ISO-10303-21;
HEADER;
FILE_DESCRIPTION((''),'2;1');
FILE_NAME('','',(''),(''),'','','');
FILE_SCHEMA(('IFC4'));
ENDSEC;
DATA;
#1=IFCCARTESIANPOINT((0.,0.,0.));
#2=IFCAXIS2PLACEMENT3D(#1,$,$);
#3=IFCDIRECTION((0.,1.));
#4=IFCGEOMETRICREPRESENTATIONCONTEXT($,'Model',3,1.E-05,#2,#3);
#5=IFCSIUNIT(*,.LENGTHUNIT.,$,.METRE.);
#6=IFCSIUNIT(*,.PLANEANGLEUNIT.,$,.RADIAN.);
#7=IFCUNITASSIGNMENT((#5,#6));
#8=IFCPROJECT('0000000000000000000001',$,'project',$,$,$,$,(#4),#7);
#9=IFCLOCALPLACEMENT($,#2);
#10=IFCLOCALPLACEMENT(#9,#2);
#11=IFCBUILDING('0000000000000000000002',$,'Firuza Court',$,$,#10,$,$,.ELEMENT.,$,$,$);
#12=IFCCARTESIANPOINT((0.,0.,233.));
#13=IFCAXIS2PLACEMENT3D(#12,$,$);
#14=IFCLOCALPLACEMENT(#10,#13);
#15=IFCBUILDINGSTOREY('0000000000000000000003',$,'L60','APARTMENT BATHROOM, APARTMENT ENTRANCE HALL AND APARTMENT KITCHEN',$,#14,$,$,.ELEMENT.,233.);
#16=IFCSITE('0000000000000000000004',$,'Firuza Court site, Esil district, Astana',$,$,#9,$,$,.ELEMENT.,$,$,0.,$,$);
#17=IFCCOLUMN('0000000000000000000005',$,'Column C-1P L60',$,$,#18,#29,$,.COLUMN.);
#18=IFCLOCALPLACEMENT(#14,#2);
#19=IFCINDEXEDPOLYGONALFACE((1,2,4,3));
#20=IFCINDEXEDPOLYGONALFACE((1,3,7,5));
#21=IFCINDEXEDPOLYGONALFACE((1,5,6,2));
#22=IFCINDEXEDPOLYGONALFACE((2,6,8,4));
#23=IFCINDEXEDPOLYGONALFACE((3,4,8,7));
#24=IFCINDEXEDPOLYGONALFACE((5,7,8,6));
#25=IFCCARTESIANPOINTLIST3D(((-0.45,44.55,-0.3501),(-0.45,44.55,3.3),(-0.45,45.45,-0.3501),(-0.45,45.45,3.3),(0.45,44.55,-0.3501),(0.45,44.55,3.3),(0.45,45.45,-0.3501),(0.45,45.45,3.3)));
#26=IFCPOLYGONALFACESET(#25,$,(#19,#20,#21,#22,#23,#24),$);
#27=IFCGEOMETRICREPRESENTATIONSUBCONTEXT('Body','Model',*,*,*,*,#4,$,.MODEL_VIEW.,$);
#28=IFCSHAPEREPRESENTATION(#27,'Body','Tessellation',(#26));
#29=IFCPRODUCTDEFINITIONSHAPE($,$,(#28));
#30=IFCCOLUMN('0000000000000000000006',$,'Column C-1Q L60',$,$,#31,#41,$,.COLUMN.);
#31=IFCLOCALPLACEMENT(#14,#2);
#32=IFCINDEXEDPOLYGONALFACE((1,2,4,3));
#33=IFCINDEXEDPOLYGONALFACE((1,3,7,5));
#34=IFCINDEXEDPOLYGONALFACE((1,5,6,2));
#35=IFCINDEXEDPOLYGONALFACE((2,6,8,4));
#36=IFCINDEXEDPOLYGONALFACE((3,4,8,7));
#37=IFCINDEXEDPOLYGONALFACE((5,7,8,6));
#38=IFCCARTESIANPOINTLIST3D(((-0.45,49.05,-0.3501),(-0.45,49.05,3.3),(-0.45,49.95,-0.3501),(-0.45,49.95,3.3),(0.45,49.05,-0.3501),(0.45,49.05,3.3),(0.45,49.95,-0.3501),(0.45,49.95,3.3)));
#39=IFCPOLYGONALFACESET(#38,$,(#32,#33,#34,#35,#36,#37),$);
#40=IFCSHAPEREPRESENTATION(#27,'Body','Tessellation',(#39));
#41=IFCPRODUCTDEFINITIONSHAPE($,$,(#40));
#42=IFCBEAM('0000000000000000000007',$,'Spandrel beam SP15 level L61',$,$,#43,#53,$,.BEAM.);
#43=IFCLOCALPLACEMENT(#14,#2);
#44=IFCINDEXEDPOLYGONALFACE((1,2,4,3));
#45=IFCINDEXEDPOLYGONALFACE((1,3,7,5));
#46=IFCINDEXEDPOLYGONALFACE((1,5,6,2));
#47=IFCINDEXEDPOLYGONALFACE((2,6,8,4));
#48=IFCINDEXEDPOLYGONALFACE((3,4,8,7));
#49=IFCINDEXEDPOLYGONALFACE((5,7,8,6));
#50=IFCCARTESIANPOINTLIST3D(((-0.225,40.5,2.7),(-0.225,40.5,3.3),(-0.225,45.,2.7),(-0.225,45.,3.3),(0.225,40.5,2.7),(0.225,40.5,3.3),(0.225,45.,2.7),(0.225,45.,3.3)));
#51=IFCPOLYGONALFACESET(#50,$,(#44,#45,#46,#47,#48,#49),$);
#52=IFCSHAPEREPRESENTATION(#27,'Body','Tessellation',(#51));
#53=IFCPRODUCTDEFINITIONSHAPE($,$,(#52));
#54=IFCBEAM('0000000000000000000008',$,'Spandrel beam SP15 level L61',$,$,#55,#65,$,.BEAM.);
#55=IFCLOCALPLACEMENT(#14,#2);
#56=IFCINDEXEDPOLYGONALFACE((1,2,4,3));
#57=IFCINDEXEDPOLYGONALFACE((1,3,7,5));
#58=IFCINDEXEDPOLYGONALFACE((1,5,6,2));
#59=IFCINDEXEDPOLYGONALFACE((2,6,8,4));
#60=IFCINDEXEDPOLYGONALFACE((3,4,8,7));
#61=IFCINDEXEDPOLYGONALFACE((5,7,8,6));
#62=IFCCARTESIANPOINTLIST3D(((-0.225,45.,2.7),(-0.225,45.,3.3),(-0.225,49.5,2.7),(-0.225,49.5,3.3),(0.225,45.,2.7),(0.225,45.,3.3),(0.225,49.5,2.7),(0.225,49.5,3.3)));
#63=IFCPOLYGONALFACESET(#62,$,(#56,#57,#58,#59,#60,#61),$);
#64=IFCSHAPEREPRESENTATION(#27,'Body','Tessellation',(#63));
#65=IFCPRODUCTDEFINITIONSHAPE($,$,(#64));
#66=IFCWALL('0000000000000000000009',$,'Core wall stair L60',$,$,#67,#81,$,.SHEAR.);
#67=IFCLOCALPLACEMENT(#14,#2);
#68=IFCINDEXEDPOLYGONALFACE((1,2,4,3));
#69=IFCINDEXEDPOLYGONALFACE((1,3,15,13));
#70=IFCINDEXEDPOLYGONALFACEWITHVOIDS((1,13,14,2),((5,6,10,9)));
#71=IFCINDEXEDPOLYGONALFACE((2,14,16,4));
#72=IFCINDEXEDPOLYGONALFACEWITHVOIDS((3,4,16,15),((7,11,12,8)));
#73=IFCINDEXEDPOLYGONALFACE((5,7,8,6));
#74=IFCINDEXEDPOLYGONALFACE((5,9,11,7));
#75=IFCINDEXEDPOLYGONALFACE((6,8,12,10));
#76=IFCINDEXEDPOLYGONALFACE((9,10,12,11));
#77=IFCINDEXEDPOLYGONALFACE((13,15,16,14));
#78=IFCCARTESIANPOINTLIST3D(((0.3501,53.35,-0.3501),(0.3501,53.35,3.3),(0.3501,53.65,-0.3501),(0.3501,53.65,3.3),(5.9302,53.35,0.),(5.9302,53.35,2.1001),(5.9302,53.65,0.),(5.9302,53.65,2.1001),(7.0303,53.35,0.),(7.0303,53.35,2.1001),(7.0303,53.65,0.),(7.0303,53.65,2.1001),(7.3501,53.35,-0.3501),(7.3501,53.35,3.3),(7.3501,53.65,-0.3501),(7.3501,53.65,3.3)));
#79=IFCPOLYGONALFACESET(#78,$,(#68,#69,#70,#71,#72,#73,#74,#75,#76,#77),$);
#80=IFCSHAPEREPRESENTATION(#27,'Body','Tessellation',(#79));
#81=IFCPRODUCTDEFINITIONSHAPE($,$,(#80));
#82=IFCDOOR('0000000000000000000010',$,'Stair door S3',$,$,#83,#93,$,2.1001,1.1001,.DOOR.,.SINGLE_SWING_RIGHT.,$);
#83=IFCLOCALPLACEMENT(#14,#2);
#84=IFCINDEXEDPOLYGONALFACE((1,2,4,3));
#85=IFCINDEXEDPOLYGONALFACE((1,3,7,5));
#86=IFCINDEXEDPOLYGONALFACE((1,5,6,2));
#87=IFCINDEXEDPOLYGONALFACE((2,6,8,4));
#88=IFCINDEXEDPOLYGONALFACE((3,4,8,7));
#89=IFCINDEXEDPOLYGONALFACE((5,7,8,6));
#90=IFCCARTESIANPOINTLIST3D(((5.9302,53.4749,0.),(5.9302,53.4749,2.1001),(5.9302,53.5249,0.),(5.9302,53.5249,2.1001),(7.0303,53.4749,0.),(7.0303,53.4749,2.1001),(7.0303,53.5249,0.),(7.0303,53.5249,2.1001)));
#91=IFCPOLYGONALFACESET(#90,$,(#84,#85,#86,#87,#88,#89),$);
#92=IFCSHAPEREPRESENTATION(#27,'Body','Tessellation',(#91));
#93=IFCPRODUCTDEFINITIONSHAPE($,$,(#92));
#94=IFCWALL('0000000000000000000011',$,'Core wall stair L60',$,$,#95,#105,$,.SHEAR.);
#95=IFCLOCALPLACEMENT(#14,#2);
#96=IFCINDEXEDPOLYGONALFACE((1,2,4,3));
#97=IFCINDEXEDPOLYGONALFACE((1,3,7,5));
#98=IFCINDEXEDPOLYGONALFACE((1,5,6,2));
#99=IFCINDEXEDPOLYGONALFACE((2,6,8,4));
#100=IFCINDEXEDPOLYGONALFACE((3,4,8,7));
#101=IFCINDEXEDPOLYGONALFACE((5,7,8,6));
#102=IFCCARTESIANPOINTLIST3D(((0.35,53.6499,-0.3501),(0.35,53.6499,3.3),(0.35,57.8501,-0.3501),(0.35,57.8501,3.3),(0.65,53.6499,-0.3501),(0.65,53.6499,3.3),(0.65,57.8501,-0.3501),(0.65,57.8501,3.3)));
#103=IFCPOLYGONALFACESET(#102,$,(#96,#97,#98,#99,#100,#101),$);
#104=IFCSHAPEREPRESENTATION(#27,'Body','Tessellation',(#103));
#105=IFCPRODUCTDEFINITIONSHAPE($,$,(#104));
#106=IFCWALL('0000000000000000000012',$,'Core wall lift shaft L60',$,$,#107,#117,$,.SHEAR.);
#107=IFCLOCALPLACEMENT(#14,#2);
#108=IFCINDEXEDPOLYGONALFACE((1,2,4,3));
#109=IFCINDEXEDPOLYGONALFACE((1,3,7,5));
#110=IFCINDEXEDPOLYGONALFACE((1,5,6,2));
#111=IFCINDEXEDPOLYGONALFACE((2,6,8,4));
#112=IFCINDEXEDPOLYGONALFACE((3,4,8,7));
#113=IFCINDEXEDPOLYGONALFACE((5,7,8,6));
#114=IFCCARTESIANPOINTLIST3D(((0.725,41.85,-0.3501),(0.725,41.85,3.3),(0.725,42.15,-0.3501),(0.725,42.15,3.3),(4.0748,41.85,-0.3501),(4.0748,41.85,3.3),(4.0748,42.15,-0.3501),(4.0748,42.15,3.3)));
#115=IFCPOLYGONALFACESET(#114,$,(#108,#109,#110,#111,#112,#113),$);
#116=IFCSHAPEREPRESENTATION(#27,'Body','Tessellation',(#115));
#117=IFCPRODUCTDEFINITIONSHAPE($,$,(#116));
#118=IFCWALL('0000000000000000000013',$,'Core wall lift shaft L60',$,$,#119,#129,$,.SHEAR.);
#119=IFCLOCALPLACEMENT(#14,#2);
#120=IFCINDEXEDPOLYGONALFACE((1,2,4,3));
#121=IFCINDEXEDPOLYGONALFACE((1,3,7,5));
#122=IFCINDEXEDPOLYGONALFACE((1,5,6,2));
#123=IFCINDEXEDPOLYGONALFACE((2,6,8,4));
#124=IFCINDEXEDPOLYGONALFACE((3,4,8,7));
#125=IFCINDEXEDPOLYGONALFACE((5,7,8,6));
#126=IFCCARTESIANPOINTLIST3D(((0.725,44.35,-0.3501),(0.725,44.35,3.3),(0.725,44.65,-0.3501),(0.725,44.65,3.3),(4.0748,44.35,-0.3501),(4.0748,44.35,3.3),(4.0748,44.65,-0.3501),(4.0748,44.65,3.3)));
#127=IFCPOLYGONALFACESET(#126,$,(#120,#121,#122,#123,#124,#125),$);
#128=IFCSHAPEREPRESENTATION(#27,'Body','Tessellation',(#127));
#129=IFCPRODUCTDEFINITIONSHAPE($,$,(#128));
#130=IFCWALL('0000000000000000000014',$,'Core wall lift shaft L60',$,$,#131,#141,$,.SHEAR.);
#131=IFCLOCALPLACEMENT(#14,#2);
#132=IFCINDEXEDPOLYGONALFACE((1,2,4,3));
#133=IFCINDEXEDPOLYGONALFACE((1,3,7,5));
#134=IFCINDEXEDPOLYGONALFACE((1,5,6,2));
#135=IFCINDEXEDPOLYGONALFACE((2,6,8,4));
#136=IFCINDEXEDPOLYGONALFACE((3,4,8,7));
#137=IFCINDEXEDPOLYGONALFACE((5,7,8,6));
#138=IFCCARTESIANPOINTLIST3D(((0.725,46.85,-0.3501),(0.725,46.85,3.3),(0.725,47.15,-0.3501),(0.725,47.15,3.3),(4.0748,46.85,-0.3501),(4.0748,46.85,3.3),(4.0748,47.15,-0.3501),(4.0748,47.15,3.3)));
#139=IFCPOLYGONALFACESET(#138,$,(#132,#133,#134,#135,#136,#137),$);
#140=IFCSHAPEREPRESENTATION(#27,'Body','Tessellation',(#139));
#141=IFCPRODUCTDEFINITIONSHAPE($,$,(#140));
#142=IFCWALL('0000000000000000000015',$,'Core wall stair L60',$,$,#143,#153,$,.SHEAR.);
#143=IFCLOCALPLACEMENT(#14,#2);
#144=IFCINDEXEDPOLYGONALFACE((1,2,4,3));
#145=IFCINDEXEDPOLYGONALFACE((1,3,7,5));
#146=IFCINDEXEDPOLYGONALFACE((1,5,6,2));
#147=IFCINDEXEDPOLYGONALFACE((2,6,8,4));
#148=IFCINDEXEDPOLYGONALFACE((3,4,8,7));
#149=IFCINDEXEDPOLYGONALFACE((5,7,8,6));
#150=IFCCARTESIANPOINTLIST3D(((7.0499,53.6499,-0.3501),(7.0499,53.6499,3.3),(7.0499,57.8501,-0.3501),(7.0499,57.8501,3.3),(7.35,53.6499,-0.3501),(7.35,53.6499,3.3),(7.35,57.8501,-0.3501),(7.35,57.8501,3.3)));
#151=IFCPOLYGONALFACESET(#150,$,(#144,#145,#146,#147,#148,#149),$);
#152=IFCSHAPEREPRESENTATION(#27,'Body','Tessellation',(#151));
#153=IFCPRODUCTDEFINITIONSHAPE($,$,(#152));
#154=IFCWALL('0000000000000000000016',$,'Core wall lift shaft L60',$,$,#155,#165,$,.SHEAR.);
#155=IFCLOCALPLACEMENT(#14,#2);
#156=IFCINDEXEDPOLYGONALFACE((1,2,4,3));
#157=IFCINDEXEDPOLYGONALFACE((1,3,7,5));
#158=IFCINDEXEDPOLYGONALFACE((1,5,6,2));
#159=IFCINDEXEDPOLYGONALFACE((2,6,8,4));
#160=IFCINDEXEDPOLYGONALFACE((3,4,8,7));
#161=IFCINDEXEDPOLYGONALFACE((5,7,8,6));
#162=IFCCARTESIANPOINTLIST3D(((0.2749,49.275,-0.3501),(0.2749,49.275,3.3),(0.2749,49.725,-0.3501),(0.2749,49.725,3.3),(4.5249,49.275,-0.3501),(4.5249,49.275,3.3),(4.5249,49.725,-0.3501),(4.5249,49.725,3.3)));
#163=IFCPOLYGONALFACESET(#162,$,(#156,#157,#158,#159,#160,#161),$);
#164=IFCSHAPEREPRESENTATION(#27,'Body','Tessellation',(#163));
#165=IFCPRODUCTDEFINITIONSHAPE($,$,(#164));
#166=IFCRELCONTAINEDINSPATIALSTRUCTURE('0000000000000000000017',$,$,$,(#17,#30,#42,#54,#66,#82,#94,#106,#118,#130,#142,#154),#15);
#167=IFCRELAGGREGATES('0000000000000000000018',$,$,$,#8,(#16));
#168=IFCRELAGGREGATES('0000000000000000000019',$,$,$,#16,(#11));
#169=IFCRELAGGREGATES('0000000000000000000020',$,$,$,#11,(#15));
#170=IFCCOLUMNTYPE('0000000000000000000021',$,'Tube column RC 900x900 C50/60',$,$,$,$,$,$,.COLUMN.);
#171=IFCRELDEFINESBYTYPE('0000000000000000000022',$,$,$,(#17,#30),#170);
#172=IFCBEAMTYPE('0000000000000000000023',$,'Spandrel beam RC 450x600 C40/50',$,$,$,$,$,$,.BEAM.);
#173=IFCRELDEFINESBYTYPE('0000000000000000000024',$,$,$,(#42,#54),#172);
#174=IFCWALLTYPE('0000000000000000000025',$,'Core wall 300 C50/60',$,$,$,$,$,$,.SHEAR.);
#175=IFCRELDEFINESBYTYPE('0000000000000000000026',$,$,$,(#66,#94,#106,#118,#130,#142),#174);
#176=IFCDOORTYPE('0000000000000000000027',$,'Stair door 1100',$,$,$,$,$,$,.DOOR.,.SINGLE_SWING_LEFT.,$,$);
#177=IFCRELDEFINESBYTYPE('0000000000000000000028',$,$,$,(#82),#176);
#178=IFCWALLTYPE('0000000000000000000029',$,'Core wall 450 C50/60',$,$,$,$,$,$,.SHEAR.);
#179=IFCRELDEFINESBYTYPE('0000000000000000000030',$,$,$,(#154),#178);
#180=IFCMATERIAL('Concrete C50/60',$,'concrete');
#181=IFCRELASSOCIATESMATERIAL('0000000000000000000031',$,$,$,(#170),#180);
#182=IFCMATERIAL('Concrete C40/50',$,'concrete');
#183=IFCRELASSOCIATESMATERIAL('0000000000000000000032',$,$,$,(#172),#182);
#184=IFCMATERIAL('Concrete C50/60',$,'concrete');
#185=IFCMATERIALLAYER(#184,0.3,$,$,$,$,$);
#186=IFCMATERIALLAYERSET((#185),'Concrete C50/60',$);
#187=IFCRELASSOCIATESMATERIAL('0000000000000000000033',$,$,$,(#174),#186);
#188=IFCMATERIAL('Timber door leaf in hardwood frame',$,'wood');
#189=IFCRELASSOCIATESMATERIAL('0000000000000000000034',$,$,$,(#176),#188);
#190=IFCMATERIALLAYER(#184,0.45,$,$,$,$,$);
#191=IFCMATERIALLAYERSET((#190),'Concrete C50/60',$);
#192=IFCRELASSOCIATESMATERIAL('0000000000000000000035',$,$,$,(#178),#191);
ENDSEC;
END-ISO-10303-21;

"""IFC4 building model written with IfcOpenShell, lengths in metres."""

from ifc_helpers import new_model, si_unit, direction, frame, frame_2d, origin, origin_2d, place, context, subcontext, project, spatial, rectangle, extrude, material, layer, layer_set, material_profile, profile_set, type_object, element, fill, save


model = new_model("IFC4")

# Units and contexts
model_context = context("Model", 3, precision=1e-05, world=origin(), true_north=direction((0.0, 1.0)))
body_context = subcontext(model_context, "Body", "Model", "MODEL_VIEW")
ifc_project = project(units=[si_unit("LENGTHUNIT", "METRE"), si_unit("PLANEANGLEUNIT", "RADIAN")], contexts=[model_context])

# Site, building, storey
site_placement = place(None, origin())
site = spatial("IfcSite", under=ifc_project, at=site_placement, Name="Firuza Court site, Esil district, Astana", CompositionType="ELEMENT", RefElevation=0.0)
building_placement = place(site_placement, origin())
building = spatial("IfcBuilding", under=site, at=building_placement, Name="Firuza Court", CompositionType="ELEMENT")
storey_placement = place(building_placement, frame((0.0, 0.0, 233.0)))
storey = spatial("IfcBuildingStorey", under=building, at=storey_placement, Name="L60", Description="APARTMENT BATHROOM, APARTMENT ENTRANCE HALL AND APARTMENT KITCHEN", CompositionType="ELEMENT", Elevation=233.0)

# Columns
ifc_material_1 = material(Name="Concrete C50/60", Category="concrete")
ifc_material_profile_1 = material_profile(ifc_material_1, rectangle(XDim=0.8999, YDim=0.8999, at=origin_2d()), Name="RC 900x900")
ifc_profile_set_1 = profile_set([ifc_material_profile_1], Name="Concrete C50/60")
column_type = type_object("IfcColumnType", Name="Tube column RC 900x900 C50/60", PredefinedType="COLUMN", material=ifc_profile_set_1)
for number, where, z_axis, x_axis, name in (
    (1, (0.0, 45.0, -0.3501), (0.0, 0.0, 1.0), (1.0, 0.0, 0.0), "Column C-1P L60"),
    (2, (0.0, 49.5, -0.3501), (0.0, 0.0, 1.0), (1.0, 0.0, 0.0), "Column C-1Q L60"),
):
    element("IfcColumn", number, at=place(storey_placement, frame(where, z_axis=z_axis, x_axis=x_axis)), inside=storey, type_object=column_type, Name=name, PredefinedType="COLUMN", context=body_context, shape_type="SweptSolid", body=[
        extrude(rectangle(XDim=0.8999, YDim=0.8999, at=origin_2d()), origin(), (0.0, 0.0, 1.0), 3.6501),
    ])

# Beams
ifc_material_2 = material(Name="Concrete C40/50", Category="concrete")
ifc_material_profile_2 = material_profile(ifc_material_2, rectangle(XDim=0.45, YDim=0.6001, at=origin_2d()), Name="RC 450x600")
ifc_profile_set_2 = profile_set([ifc_material_profile_2], Name="Concrete C40/50")
beam_type = type_object("IfcBeamType", Name="Spandrel beam RC 450x600 C40/50", PredefinedType="BEAM", material=ifc_profile_set_2)
for number, where, z_axis, x_axis, name in (
    (3, (0.0, 45.0, 3.0), (0.0, -1.0, 0.0), (1.0, 0.0, 0.0), "Spandrel beam SP15 level L61"),
    (4, (0.0, 49.5, 3.0), (0.0, -1.0, 0.0), (1.0, 0.0, 0.0), "Spandrel beam SP15 level L61"),
):
    element("IfcBeam", number, at=place(storey_placement, frame(where, z_axis=z_axis, x_axis=x_axis)), inside=storey, type_object=beam_type, Name=name, PredefinedType="BEAM", context=body_context, shape_type="SweptSolid", body=[
        extrude(rectangle(XDim=0.45, YDim=0.6001, at=origin_2d()), origin(), (0.0, 0.0, 1.0), 4.5),
    ])

# Wall, opening, door
ifc_material_3 = material(Name="Concrete C50/60", Category="concrete")
ifc_layer_1 = layer(ifc_material_3, 0.3)
ifc_layer_set_1 = layer_set([ifc_layer_1], Name="Concrete C50/60")
wall_type_1 = type_object("IfcWallType", Name="Core wall 300 C50/60", PredefinedType="SHEAR", material=ifc_layer_set_1)
wall_1_placement = place(storey_placement, frame((0.3501, 53.5, -0.3501), z_axis=(0.0, 0.0, 1.0), x_axis=(1.0, 0.0, 0.0)))
wall_1 = element("IfcWall", 5, at=wall_1_placement, inside=storey, type_object=wall_type_1, Name="Core wall stair L60", PredefinedType="SHEAR", context=body_context, shape_type="SweptSolid", body=[
    extrude(rectangle(XDim=7.0, YDim=0.3, at=frame_2d((3.5, 0.0))), origin(), (0.0, 0.0, 1.0), 3.6501),
])
opening_1_placement = place(wall_1_placement, frame((5.5801, 0.0, 0.3501)))
opening_1 = element("IfcOpeningElement", 6, at=opening_1_placement, cuts=wall_1, PredefinedType="OPENING", context=body_context, shape_type="SweptSolid", body=[
    extrude(rectangle(XDim=1.1001, YDim=2.1001, at=frame_2d((0.55, 1.05))), frame((0.0, 0.1621, 0.0), z_axis=(0.0, -1.0, 0.0), x_axis=(1.0, 0.0, 0.0)), (0.0, 0.0, 1.0), 0.324),
])
ifc_material_4 = material(Name="Timber door leaf in hardwood frame", Category="wood")
door_type_1 = type_object("IfcDoorType", Name="Stair door 1100", OperationType="SINGLE_SWING_LEFT", PredefinedType="DOOR", material=ifc_material_4)
door_1_placement = place(opening_1_placement, origin())
door_1 = element("IfcDoor", 7, at=door_1_placement, inside=storey, type_object=door_type_1, Name="Stair door S3", OperationType="SINGLE_SWING_RIGHT", OverallHeight=2.1001, OverallWidth=1.1001, PredefinedType="DOOR", context=body_context, shape_type="SweptSolid", body=[
    extrude(rectangle(XDim=1.1001, YDim=2.1001, at=frame_2d((0.55, 1.05))), frame((0.0, 0.0249, 0.0), z_axis=(0.0, -1.0, 0.0), x_axis=(1.0, 0.0, 0.0)), (0.0, 0.0, 1.0), 0.05),
])
fill(opening_1, door_1)

# Walls
wall_2_placement = place(storey_placement, frame((0.5, 53.6499, -0.3501), z_axis=(0.0, 0.0, 1.0), x_axis=(0.0, 1.0, 0.0)))
element("IfcWall", 8, at=wall_2_placement, inside=storey, type_object=wall_type_1, Name="Core wall stair L60", PredefinedType="SHEAR", context=body_context, shape_type="SweptSolid", body=[
    extrude(rectangle(XDim=4.2002, YDim=0.3, at=frame_2d((2.1001, 0.0))), origin(), (0.0, 0.0, 1.0), 3.6501),
])
for number, where, z_axis, x_axis, name in (
    (9, (0.7251, 42.0, -0.3501), (0.0, 0.0, 1.0), (1.0, 0.0, 0.0), "Core wall lift shaft L60"),
    (10, (0.7251, 44.5, -0.3501), (0.0, 0.0, 1.0), (1.0, 0.0, 0.0), "Core wall lift shaft L60"),
    (11, (0.7251, 47.0, -0.3501), (0.0, 0.0, 1.0), (1.0, 0.0, 0.0), "Core wall lift shaft L60"),
):
    element("IfcWall", number, at=place(storey_placement, frame(where, z_axis=z_axis, x_axis=x_axis)), inside=storey, type_object=wall_type_1, Name=name, PredefinedType="SHEAR", context=body_context, shape_type="SweptSolid", body=[
        extrude(rectangle(XDim=3.3499, YDim=0.3, at=frame_2d((1.6748, 0.0))), origin(), (0.0, 0.0, 1.0), 3.6501),
    ])
wall_3_placement = place(storey_placement, frame((7.2, 53.6499, -0.3501), z_axis=(0.0, 0.0, 1.0), x_axis=(0.0, 1.0, 0.0)))
element("IfcWall", 12, at=wall_3_placement, inside=storey, type_object=wall_type_1, Name="Core wall stair L60", PredefinedType="SHEAR", context=body_context, shape_type="SweptSolid", body=[
    extrude(rectangle(XDim=4.2002, YDim=0.3, at=frame_2d((2.1001, 0.0))), origin(), (0.0, 0.0, 1.0), 3.6501),
])
ifc_layer_2 = layer(ifc_material_3, 0.45)
ifc_layer_set_2 = layer_set([ifc_layer_2], Name="Concrete C50/60")
wall_type_2 = type_object("IfcWallType", Name="Core wall 450 C50/60", PredefinedType="SHEAR", material=ifc_layer_set_2)
wall_4_placement = place(storey_placement, frame((0.2749, 49.5, -0.3501), z_axis=(0.0, 0.0, 1.0), x_axis=(1.0, 0.0, 0.0)))
element("IfcWall", 13, at=wall_4_placement, inside=storey, type_object=wall_type_2, Name="Core wall lift shaft L60", PredefinedType="SHEAR", context=body_context, shape_type="SweptSolid", body=[
    extrude(rectangle(XDim=4.25, YDim=0.45, at=frame_2d((2.125, 0.0))), origin(), (0.0, 0.0, 1.0), 3.6501),
])

save(model, "model.ifc")
